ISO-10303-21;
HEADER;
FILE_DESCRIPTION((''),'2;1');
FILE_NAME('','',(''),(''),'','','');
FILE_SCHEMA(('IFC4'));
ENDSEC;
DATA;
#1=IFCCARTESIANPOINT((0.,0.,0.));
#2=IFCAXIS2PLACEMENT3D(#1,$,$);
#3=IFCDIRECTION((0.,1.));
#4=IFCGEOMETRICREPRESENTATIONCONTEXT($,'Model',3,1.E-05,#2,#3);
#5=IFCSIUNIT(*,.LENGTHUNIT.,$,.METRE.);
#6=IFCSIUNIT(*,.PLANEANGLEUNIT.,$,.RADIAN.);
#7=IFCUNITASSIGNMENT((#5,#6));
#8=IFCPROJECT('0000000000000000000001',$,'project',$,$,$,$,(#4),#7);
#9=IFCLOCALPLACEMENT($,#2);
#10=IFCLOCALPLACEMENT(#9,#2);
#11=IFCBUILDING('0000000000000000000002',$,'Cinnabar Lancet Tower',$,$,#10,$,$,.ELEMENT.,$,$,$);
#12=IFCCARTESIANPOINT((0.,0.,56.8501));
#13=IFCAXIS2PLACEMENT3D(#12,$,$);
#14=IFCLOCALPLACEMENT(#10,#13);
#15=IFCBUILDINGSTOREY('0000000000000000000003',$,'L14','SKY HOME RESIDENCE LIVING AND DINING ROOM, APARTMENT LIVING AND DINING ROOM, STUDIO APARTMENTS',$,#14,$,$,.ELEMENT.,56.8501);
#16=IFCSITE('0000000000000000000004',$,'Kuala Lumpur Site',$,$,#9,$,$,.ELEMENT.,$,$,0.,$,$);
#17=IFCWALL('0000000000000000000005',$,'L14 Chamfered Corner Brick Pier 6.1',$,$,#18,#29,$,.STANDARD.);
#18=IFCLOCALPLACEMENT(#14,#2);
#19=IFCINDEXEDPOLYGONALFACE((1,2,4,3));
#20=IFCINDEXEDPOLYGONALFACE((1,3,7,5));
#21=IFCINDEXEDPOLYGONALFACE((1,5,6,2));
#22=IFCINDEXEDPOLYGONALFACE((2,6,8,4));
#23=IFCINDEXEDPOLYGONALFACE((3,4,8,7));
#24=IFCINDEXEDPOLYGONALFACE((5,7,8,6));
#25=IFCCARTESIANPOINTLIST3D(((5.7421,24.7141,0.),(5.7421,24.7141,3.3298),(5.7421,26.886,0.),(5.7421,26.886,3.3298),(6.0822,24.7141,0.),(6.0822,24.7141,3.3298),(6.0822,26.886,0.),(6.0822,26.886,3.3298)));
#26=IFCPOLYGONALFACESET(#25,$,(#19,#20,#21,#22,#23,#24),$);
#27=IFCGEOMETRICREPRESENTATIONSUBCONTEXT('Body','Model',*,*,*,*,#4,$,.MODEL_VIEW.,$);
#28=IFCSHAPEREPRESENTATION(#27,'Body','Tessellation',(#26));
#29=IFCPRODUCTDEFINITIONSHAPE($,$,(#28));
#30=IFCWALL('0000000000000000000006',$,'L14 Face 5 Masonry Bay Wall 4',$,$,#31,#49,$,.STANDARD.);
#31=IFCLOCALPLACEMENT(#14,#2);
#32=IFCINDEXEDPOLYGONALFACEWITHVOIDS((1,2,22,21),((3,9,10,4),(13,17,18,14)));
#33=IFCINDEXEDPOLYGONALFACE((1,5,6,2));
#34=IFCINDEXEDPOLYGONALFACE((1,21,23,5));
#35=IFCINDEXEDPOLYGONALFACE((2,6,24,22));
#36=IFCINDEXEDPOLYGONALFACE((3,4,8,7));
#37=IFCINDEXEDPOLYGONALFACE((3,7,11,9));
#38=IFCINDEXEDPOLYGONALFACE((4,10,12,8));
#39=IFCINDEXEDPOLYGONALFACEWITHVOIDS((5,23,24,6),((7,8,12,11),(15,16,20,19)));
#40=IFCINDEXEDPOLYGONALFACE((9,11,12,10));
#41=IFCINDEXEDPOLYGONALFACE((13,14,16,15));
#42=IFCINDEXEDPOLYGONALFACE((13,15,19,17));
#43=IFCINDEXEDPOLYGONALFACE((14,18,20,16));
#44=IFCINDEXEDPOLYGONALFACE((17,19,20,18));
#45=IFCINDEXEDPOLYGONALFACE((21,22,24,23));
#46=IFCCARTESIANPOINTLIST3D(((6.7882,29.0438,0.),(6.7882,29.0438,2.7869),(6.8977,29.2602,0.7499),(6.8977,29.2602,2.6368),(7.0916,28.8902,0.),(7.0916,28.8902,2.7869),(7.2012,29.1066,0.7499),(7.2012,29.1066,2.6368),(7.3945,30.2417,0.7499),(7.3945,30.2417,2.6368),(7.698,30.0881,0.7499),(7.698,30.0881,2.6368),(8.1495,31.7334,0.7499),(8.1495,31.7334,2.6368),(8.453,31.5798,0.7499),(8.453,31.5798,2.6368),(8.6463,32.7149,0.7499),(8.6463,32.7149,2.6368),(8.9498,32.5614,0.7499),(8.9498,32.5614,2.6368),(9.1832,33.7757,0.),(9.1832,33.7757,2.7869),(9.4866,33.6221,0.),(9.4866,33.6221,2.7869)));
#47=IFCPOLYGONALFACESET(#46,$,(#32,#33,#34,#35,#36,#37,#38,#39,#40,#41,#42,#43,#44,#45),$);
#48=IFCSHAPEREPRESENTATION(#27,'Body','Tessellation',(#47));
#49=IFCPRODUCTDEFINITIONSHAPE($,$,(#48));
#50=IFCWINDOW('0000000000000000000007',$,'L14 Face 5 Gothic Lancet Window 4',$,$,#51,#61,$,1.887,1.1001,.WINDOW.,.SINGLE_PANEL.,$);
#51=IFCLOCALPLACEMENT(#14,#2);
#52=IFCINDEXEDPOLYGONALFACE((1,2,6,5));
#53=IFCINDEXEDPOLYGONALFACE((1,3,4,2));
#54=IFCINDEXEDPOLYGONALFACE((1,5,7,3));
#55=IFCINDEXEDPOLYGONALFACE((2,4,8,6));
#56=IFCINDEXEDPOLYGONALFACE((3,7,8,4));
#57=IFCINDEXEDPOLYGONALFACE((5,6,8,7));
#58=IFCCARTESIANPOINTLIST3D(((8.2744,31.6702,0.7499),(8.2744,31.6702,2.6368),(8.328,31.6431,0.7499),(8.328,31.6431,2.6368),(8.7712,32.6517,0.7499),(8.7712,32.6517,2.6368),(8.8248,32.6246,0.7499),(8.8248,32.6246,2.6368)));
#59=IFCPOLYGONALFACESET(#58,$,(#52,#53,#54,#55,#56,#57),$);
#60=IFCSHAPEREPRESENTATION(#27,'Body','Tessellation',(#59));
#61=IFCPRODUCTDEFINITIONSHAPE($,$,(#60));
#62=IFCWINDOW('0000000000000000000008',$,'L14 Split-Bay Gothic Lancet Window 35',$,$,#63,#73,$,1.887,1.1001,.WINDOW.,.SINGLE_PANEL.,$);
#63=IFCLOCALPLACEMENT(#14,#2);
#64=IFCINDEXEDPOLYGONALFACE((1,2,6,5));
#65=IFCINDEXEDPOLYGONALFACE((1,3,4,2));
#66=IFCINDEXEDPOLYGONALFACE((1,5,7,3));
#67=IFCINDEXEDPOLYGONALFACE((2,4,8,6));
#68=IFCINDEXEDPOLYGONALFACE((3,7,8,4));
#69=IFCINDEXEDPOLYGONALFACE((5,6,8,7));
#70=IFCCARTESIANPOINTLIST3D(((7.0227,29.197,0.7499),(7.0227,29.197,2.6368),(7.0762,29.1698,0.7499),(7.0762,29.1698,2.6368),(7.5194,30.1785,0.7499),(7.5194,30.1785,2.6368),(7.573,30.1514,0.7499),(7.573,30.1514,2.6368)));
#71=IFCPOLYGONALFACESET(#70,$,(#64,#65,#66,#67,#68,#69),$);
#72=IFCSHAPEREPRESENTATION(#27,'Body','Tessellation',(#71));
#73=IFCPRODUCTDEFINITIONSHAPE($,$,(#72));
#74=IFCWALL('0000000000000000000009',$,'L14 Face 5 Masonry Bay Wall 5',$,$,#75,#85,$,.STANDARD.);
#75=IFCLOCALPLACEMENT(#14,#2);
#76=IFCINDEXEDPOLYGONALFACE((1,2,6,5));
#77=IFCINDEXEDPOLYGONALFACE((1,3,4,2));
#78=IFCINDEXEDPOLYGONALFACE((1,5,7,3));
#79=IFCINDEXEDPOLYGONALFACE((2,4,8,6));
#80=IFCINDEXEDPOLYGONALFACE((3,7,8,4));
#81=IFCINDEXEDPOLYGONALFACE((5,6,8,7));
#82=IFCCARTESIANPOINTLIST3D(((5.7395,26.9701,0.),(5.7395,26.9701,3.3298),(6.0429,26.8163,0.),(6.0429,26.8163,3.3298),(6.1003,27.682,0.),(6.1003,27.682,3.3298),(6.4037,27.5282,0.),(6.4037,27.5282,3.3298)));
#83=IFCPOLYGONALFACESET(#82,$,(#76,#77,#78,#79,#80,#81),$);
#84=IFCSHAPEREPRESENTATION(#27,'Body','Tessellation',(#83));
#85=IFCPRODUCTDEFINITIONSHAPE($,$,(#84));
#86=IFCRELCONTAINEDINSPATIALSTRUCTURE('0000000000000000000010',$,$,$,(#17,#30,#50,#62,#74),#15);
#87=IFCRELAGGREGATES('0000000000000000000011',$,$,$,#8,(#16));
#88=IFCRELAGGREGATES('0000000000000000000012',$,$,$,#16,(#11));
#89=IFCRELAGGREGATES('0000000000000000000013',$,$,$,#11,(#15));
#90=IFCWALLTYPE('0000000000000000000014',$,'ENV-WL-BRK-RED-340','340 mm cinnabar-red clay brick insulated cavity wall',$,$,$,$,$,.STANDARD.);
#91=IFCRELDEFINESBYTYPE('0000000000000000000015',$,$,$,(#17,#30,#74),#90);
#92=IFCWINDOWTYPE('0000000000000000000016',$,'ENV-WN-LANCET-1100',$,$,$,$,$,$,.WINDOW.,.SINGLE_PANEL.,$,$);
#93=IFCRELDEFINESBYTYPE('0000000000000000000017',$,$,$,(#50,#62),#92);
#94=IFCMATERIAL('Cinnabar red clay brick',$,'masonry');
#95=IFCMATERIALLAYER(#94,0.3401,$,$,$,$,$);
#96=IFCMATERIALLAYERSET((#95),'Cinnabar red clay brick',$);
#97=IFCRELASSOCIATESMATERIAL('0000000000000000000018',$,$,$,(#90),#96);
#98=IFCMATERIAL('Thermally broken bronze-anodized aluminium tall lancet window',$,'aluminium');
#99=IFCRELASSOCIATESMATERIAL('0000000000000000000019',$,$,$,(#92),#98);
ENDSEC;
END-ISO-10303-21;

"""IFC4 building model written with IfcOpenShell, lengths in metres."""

from ifc_helpers import new_model, si_unit, direction, frame, frame_2d, origin, place, context, subcontext, project, spatial, rectangle, extrude, material, layer, layer_set, type_object, element, fill, save


model = new_model("IFC4")

# Units and contexts
model_context = context("Model", 3, precision=1e-05, world=origin(), true_north=direction((0.0, 1.0)))
body_context = subcontext(model_context, "Body", "Model", "MODEL_VIEW")
ifc_project = project(units=[si_unit("LENGTHUNIT", "METRE"), si_unit("PLANEANGLEUNIT", "RADIAN")], contexts=[model_context])

# Site, building, storey
site_placement = place(None, origin())
site = spatial("IfcSite", under=ifc_project, at=site_placement, Name="Kuala Lumpur Site", CompositionType="ELEMENT", RefElevation=0.0)
building_placement = place(site_placement, origin())
building = spatial("IfcBuilding", under=site, at=building_placement, Name="Cinnabar Lancet Tower", CompositionType="ELEMENT")
storey_placement = place(building_placement, frame((0.0, 0.0, 56.8501)))
storey = spatial("IfcBuildingStorey", under=building, at=storey_placement, Name="L14", Description="SKY HOME RESIDENCE LIVING AND DINING ROOM, APARTMENT LIVING AND DINING ROOM, STUDIO APARTMENTS", CompositionType="ELEMENT", Elevation=56.8501)

# Wall
ifc_material_1 = material(Name="Cinnabar red clay brick", Category="masonry")
ifc_layer_1 = layer(ifc_material_1, 0.3401)
ifc_layer_set_1 = layer_set([ifc_layer_1], Name="Cinnabar red clay brick")
wall_type_1 = type_object("IfcWallType", Name="ENV-WL-BRK-RED-340", Description="340 mm cinnabar-red clay brick insulated cavity wall", PredefinedType="STANDARD", material=ifc_layer_set_1)
wall_1_placement = place(storey_placement, frame((5.9121, 26.886, 0.0), z_axis=(0.0, 0.0, 1.0), x_axis=(0.0, -1.0, 0.0)))
element("IfcWall", 1, at=wall_1_placement, inside=storey, type_object=wall_type_1, Name="L14 Chamfered Corner Brick Pier 6.1", PredefinedType="STANDARD", context=body_context, shape_type="SweptSolid", body=[
    extrude(rectangle(XDim=2.1719, YDim=0.3401, at=frame_2d((1.0859, 0.0))), origin(), (0.0, 0.0, 1.0), 3.3298),
])

# Wall, openings, windows
wall_2_placement = place(storey_placement, frame((9.335, 33.699, 0.0), z_axis=(0.0, 0.0, 1.0), x_axis=(-0.451591, -0.892225, 0.0)))
wall_2 = element("IfcWall", 2, at=wall_2_placement, inside=storey, type_object=wall_type_1, Name="L14 Face 5 Masonry Bay Wall 4", PredefinedType="STANDARD", context=body_context, shape_type="SweptSolid", body=[
    extrude(rectangle(XDim=5.3035, YDim=0.3401, at=frame_2d((2.6519, 0.0))), origin(), (0.0, 0.0, 1.0), 2.7869),
])
opening_1_placement = place(wall_2_placement, frame((1.189, 0.0, 0.75)))
opening_1 = element("IfcOpeningElement", 3, at=opening_1_placement, cuts=wall_2, PredefinedType="OPENING", context=body_context, shape_type="SweptSolid", body=[
    extrude(rectangle(XDim=1.1001, YDim=1.887, at=frame_2d((0.55, 0.9434))), frame((0.0, 0.1799, 0.0), z_axis=(0.0, -1.0, 0.0), x_axis=(1.0, 0.0, 0.0)), (0.0, 0.0, 1.0), 0.3601),
])
opening_2_placement = place(wall_2_placement, frame((3.9609, 0.0, 0.75)))
opening_2 = element("IfcOpeningElement", 4, at=opening_2_placement, cuts=wall_2, PredefinedType="OPENING", context=body_context, shape_type="SweptSolid", body=[
    extrude(rectangle(XDim=1.1001, YDim=1.887, at=frame_2d((0.55, 0.9434))), frame((0.0, 0.1799, 0.0), z_axis=(0.0, -1.0, 0.0), x_axis=(1.0, 0.0, 0.0)), (0.0, 0.0, 1.0), 0.3601),
])
ifc_material_2 = material(Name="Thermally broken bronze-anodized aluminium tall lancet window", Category="aluminium")
window_type = type_object("IfcWindowType", Name="ENV-WN-LANCET-1100", PartitioningType="SINGLE_PANEL", PredefinedType="WINDOW", material=ifc_material_2)
window_1_placement = place(opening_1_placement, origin())
window_1 = element("IfcWindow", 5, at=window_1_placement, inside=storey, type_object=window_type, Name="L14 Face 5 Gothic Lancet Window 4", OverallHeight=1.887, OverallWidth=1.1001, PartitioningType="SINGLE_PANEL", PredefinedType="WINDOW", context=body_context, shape_type="SweptSolid", body=[
    extrude(rectangle(XDim=1.1001, YDim=1.887, at=frame_2d((0.55, 0.9434))), frame((0.0, 0.03, 0.0), z_axis=(0.0, -1.0, 0.0), x_axis=(1.0, 0.0, 0.0)), (0.0, 0.0, 1.0), 0.0601),
])
fill(opening_1, window_1)
window_2_placement = place(opening_2_placement, origin())
window_2 = element("IfcWindow", 6, at=window_2_placement, inside=storey, type_object=window_type, Name="L14 Split-Bay Gothic Lancet Window 35", OverallHeight=1.887, OverallWidth=1.1001, PartitioningType="SINGLE_PANEL", PredefinedType="WINDOW", context=body_context, shape_type="SweptSolid", body=[
    extrude(rectangle(XDim=1.1001, YDim=1.887, at=frame_2d((0.55, 0.9434))), frame((0.0, 0.03, 0.0), z_axis=(0.0, -1.0, 0.0), x_axis=(1.0, 0.0, 0.0)), (0.0, 0.0, 1.0), 0.0601),
])
fill(opening_2, window_2)

# Wall
wall_3_placement = place(storey_placement, frame((6.252, 27.605, 0.0), z_axis=(0.0, 0.0, 1.0), x_axis=(-0.452101, -0.891967, 0.0)))
element("IfcWall", 7, at=wall_3_placement, inside=storey, type_object=wall_type_1, Name="L14 Face 5 Masonry Bay Wall 5", PredefinedType="STANDARD", context=body_context, shape_type="SweptSolid", body=[
    extrude(rectangle(XDim=0.7981, YDim=0.3401, at=frame_2d((0.3989, 0.0))), origin(), (0.0, 0.0, 1.0), 3.3298),
])

save(model, "model.ifc")
